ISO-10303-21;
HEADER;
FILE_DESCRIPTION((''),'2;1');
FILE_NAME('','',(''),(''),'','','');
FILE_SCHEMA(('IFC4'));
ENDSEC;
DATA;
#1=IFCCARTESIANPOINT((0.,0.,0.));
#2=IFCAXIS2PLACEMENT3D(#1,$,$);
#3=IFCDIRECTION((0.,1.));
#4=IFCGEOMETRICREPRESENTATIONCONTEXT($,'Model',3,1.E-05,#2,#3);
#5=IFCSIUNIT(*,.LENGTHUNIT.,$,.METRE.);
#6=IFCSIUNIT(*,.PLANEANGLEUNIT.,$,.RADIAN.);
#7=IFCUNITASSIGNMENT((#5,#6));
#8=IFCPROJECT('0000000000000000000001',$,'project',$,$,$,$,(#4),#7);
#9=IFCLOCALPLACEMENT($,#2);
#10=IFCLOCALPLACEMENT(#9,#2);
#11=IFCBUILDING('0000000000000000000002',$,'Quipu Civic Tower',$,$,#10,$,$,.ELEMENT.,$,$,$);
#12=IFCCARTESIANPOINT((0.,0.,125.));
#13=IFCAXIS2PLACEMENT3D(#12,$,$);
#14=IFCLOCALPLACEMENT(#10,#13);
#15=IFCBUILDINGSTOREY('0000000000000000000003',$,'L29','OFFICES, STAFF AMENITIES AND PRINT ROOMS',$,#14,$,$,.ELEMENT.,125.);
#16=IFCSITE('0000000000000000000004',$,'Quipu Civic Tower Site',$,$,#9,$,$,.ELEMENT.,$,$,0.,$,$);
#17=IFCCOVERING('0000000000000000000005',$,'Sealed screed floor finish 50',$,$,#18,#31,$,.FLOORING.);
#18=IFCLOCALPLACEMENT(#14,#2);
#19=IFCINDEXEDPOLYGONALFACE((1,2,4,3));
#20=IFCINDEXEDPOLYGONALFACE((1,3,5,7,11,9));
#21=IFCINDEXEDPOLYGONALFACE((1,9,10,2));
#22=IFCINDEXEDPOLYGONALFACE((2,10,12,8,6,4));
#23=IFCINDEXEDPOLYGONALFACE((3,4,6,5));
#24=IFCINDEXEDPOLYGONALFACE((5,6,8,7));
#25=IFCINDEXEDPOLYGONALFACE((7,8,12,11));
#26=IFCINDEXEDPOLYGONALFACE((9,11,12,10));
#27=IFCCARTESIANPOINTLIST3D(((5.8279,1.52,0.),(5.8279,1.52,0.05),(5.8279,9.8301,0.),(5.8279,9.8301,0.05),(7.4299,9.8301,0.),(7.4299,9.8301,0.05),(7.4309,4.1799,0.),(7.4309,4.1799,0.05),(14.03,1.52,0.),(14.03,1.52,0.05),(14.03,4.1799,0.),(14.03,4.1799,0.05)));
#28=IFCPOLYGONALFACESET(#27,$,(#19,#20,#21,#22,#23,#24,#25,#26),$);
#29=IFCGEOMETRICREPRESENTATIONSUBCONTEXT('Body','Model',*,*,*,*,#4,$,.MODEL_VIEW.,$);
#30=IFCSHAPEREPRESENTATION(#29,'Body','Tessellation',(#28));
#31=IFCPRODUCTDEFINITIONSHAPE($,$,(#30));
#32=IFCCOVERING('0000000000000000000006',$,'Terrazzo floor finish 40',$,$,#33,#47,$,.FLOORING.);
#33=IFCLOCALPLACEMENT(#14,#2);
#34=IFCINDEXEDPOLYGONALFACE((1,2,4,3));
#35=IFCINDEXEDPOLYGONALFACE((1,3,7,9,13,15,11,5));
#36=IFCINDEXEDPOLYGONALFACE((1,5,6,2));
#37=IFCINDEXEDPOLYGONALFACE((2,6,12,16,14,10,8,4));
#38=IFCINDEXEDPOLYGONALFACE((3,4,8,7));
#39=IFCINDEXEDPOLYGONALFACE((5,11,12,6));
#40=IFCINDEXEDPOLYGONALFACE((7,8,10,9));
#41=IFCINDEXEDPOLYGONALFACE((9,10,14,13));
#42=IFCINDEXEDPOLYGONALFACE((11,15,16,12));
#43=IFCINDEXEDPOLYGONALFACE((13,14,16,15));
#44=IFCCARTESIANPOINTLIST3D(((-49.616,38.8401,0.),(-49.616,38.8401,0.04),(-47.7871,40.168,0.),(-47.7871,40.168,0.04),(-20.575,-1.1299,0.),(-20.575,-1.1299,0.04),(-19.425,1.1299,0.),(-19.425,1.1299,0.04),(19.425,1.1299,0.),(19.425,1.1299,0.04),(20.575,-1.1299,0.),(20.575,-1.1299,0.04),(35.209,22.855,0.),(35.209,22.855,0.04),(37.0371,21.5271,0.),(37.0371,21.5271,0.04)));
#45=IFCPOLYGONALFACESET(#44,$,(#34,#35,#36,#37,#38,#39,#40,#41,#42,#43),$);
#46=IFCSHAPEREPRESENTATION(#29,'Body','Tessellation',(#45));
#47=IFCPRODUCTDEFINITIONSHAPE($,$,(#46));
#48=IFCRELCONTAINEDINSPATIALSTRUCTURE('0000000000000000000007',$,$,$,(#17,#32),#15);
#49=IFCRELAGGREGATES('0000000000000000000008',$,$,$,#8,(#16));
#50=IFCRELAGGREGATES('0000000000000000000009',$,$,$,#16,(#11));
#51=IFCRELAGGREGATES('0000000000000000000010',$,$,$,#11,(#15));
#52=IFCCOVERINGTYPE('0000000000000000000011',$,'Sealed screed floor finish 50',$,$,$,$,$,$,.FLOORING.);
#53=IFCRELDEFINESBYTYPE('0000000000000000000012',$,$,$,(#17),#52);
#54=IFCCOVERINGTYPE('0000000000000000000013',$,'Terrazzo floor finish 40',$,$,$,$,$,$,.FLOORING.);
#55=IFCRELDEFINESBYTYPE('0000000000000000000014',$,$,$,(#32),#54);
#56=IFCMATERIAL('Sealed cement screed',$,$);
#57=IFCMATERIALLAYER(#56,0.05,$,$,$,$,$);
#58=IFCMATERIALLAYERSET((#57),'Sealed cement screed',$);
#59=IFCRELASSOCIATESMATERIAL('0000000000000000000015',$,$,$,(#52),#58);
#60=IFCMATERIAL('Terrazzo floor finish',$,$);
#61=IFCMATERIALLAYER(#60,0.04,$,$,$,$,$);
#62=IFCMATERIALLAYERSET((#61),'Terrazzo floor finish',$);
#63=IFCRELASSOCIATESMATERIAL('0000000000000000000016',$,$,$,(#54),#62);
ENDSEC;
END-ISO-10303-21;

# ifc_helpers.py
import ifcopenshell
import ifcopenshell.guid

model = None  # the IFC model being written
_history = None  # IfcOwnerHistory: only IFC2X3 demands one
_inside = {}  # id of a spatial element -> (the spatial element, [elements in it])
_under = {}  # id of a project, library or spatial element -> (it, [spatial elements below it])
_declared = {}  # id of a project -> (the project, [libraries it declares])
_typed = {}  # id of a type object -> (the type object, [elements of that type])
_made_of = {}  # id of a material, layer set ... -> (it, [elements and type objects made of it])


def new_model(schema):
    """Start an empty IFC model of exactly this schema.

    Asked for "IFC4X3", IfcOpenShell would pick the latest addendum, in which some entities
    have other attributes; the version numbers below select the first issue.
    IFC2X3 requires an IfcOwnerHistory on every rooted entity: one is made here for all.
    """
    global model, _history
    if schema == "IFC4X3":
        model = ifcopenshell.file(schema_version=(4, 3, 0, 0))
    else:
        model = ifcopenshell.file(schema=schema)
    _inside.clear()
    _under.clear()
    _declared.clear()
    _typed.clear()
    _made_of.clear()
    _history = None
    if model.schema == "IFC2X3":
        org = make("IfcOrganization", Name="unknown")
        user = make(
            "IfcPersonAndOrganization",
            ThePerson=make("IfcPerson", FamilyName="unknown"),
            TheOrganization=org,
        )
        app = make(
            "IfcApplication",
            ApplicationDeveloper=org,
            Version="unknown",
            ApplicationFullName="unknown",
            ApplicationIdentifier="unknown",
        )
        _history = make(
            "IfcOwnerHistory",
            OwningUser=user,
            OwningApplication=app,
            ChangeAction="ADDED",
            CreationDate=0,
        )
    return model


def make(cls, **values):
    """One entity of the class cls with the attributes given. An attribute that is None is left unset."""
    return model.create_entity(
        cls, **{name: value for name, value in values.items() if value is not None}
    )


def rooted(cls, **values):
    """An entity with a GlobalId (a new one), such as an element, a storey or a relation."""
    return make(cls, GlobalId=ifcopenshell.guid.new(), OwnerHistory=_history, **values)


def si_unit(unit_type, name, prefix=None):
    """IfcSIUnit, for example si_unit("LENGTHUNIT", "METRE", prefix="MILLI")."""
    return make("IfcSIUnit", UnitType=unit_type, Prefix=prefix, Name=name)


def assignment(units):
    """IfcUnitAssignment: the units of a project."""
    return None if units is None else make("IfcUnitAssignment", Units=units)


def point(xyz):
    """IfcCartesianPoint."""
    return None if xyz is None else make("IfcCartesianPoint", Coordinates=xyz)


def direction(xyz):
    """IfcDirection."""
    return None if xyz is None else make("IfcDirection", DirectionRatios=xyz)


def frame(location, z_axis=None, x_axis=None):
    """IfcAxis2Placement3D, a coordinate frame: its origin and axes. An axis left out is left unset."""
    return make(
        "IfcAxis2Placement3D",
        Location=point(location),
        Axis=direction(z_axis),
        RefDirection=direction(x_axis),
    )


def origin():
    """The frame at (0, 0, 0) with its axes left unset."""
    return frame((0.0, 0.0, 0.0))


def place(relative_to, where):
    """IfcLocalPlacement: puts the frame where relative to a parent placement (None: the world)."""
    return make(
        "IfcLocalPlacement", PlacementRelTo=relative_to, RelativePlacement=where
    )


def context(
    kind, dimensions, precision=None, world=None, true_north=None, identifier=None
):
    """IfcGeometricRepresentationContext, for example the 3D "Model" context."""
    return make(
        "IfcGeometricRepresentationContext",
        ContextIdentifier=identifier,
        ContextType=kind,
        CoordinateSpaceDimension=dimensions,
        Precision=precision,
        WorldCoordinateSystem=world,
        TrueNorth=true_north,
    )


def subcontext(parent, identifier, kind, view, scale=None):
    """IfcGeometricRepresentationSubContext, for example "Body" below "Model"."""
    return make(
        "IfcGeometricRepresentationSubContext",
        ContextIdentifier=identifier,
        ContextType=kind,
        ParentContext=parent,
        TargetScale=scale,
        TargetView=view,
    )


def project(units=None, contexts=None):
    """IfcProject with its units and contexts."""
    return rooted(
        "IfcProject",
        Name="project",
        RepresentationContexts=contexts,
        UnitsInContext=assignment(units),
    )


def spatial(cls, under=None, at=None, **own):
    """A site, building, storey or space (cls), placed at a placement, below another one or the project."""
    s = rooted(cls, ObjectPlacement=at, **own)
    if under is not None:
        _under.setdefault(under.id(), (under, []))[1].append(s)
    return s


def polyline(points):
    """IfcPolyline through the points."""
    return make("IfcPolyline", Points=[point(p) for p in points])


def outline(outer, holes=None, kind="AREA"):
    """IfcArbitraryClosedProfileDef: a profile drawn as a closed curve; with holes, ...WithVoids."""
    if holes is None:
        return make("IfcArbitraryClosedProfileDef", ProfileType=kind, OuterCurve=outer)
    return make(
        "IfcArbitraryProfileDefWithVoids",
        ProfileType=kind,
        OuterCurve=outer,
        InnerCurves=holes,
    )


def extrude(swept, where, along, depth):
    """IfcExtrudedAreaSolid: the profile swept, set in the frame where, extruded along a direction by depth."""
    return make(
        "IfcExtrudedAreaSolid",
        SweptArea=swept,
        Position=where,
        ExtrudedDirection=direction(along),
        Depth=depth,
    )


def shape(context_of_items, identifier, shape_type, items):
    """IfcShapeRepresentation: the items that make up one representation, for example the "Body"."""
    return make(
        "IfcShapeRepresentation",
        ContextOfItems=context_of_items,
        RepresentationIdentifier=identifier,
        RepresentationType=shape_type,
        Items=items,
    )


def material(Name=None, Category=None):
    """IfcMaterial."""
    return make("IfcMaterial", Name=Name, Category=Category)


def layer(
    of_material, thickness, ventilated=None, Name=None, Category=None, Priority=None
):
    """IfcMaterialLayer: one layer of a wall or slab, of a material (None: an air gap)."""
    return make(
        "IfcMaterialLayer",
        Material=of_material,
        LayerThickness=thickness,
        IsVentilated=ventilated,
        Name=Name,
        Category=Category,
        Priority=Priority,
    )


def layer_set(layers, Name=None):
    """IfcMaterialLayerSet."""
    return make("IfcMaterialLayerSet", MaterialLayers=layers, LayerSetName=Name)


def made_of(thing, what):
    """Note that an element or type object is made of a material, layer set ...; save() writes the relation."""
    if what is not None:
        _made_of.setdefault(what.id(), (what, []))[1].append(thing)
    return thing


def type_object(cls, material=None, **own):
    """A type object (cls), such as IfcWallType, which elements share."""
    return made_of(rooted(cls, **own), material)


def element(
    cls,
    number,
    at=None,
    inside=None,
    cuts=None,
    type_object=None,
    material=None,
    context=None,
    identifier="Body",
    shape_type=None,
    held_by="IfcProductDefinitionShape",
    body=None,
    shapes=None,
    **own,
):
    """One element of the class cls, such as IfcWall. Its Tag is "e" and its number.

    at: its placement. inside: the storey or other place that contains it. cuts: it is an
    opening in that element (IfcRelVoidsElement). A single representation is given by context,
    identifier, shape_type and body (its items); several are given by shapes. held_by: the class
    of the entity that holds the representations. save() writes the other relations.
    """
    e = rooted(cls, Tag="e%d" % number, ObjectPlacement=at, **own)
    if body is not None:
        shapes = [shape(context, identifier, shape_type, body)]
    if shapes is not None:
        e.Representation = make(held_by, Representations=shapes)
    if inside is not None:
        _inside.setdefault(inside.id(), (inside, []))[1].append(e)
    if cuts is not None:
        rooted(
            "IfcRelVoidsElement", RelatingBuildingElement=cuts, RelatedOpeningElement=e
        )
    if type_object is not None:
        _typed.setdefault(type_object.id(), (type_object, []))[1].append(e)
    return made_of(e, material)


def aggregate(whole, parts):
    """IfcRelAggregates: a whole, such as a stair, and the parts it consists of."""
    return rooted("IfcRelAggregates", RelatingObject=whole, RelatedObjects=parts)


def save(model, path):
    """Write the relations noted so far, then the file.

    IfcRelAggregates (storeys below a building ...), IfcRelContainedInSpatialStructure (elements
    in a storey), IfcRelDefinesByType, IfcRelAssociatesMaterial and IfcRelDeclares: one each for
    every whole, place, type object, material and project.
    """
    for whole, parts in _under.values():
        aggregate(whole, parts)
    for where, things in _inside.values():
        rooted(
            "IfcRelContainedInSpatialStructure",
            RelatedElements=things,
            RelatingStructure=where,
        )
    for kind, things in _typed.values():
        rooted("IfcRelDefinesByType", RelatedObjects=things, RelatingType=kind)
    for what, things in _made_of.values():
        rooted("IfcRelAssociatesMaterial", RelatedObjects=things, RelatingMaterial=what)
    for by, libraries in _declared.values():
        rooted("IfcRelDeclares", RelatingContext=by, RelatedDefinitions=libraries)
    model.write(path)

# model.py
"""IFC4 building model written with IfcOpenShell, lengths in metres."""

from ifc_helpers import new_model, si_unit, direction, frame, origin, place, context, subcontext, project, spatial, polyline, outline, extrude, material, layer, layer_set, type_object, element, save


model = new_model("IFC4")

# Units and contexts
model_context = context("Model", 3, precision=1e-05, world=origin(), true_north=direction((0.0, 1.0)))
body_context = subcontext(model_context, "Body", "Model", "MODEL_VIEW")
ifc_project = project(units=[si_unit("LENGTHUNIT", "METRE"), si_unit("PLANEANGLEUNIT", "RADIAN")], contexts=[model_context])

# Site, building, storey
site_placement = place(None, origin())
site = spatial("IfcSite", under=ifc_project, at=site_placement, Name="Quipu Civic Tower Site", CompositionType="ELEMENT", RefElevation=0.0)
building_placement = place(site_placement, origin())
building = spatial("IfcBuilding", under=site, at=building_placement, Name="Quipu Civic Tower", CompositionType="ELEMENT")
storey_placement = place(building_placement, frame((0.0, 0.0, 125.0)))
storey = spatial("IfcBuildingStorey", under=building, at=storey_placement, Name="L29", Description="OFFICES, STAFF AMENITIES AND PRINT ROOMS", CompositionType="ELEMENT", Elevation=125.0)

# Coverings
ifc_material_1 = material(Name="Sealed cement screed")
ifc_layer_1 = layer(ifc_material_1, 0.05)
ifc_layer_set_1 = layer_set([ifc_layer_1], Name="Sealed cement screed")
covering_type_1 = type_object("IfcCoveringType", Name="Sealed screed floor finish 50", PredefinedType="FLOORING", material=ifc_layer_set_1)
covering_1_placement = place(storey_placement, origin())
element("IfcCovering", 1, at=covering_1_placement, inside=storey, type_object=covering_type_1, Name="Sealed screed floor finish 50", PredefinedType="FLOORING", context=body_context, shape_type="SweptSolid", body=[
    extrude(outline(polyline([(5.8279, 1.52), (5.8279, 9.8301), (7.4299, 9.8301), (7.4309, 4.1799), (14.03, 4.1799), (14.03, 1.52), (5.8279, 1.52)])), origin(), (0.0, 0.0, 1.0), 0.05),
])
ifc_material_2 = material(Name="Terrazzo floor finish")
ifc_layer_2 = layer(ifc_material_2, 0.04)
ifc_layer_set_2 = layer_set([ifc_layer_2], Name="Terrazzo floor finish")
covering_type_2 = type_object("IfcCoveringType", Name="Terrazzo floor finish 40", PredefinedType="FLOORING", material=ifc_layer_set_2)
covering_2_placement = place(storey_placement, origin())
element("IfcCovering", 2, at=covering_2_placement, inside=storey, type_object=covering_type_2, Name="Terrazzo floor finish 40", PredefinedType="FLOORING", context=body_context, shape_type="SweptSolid", body=[
    extrude(outline(polyline([(20.575, -1.1299), (-20.575, -1.1299), (-49.616, 38.8401), (-47.7871, 40.168), (-19.425, 1.1299), (19.425, 1.1299), (35.209, 22.855), (37.0371, 21.5271), (20.575, -1.1299)])), origin(), (0.0, 0.0, 1.0), 0.04),
])

save(model, "model.ifc")
